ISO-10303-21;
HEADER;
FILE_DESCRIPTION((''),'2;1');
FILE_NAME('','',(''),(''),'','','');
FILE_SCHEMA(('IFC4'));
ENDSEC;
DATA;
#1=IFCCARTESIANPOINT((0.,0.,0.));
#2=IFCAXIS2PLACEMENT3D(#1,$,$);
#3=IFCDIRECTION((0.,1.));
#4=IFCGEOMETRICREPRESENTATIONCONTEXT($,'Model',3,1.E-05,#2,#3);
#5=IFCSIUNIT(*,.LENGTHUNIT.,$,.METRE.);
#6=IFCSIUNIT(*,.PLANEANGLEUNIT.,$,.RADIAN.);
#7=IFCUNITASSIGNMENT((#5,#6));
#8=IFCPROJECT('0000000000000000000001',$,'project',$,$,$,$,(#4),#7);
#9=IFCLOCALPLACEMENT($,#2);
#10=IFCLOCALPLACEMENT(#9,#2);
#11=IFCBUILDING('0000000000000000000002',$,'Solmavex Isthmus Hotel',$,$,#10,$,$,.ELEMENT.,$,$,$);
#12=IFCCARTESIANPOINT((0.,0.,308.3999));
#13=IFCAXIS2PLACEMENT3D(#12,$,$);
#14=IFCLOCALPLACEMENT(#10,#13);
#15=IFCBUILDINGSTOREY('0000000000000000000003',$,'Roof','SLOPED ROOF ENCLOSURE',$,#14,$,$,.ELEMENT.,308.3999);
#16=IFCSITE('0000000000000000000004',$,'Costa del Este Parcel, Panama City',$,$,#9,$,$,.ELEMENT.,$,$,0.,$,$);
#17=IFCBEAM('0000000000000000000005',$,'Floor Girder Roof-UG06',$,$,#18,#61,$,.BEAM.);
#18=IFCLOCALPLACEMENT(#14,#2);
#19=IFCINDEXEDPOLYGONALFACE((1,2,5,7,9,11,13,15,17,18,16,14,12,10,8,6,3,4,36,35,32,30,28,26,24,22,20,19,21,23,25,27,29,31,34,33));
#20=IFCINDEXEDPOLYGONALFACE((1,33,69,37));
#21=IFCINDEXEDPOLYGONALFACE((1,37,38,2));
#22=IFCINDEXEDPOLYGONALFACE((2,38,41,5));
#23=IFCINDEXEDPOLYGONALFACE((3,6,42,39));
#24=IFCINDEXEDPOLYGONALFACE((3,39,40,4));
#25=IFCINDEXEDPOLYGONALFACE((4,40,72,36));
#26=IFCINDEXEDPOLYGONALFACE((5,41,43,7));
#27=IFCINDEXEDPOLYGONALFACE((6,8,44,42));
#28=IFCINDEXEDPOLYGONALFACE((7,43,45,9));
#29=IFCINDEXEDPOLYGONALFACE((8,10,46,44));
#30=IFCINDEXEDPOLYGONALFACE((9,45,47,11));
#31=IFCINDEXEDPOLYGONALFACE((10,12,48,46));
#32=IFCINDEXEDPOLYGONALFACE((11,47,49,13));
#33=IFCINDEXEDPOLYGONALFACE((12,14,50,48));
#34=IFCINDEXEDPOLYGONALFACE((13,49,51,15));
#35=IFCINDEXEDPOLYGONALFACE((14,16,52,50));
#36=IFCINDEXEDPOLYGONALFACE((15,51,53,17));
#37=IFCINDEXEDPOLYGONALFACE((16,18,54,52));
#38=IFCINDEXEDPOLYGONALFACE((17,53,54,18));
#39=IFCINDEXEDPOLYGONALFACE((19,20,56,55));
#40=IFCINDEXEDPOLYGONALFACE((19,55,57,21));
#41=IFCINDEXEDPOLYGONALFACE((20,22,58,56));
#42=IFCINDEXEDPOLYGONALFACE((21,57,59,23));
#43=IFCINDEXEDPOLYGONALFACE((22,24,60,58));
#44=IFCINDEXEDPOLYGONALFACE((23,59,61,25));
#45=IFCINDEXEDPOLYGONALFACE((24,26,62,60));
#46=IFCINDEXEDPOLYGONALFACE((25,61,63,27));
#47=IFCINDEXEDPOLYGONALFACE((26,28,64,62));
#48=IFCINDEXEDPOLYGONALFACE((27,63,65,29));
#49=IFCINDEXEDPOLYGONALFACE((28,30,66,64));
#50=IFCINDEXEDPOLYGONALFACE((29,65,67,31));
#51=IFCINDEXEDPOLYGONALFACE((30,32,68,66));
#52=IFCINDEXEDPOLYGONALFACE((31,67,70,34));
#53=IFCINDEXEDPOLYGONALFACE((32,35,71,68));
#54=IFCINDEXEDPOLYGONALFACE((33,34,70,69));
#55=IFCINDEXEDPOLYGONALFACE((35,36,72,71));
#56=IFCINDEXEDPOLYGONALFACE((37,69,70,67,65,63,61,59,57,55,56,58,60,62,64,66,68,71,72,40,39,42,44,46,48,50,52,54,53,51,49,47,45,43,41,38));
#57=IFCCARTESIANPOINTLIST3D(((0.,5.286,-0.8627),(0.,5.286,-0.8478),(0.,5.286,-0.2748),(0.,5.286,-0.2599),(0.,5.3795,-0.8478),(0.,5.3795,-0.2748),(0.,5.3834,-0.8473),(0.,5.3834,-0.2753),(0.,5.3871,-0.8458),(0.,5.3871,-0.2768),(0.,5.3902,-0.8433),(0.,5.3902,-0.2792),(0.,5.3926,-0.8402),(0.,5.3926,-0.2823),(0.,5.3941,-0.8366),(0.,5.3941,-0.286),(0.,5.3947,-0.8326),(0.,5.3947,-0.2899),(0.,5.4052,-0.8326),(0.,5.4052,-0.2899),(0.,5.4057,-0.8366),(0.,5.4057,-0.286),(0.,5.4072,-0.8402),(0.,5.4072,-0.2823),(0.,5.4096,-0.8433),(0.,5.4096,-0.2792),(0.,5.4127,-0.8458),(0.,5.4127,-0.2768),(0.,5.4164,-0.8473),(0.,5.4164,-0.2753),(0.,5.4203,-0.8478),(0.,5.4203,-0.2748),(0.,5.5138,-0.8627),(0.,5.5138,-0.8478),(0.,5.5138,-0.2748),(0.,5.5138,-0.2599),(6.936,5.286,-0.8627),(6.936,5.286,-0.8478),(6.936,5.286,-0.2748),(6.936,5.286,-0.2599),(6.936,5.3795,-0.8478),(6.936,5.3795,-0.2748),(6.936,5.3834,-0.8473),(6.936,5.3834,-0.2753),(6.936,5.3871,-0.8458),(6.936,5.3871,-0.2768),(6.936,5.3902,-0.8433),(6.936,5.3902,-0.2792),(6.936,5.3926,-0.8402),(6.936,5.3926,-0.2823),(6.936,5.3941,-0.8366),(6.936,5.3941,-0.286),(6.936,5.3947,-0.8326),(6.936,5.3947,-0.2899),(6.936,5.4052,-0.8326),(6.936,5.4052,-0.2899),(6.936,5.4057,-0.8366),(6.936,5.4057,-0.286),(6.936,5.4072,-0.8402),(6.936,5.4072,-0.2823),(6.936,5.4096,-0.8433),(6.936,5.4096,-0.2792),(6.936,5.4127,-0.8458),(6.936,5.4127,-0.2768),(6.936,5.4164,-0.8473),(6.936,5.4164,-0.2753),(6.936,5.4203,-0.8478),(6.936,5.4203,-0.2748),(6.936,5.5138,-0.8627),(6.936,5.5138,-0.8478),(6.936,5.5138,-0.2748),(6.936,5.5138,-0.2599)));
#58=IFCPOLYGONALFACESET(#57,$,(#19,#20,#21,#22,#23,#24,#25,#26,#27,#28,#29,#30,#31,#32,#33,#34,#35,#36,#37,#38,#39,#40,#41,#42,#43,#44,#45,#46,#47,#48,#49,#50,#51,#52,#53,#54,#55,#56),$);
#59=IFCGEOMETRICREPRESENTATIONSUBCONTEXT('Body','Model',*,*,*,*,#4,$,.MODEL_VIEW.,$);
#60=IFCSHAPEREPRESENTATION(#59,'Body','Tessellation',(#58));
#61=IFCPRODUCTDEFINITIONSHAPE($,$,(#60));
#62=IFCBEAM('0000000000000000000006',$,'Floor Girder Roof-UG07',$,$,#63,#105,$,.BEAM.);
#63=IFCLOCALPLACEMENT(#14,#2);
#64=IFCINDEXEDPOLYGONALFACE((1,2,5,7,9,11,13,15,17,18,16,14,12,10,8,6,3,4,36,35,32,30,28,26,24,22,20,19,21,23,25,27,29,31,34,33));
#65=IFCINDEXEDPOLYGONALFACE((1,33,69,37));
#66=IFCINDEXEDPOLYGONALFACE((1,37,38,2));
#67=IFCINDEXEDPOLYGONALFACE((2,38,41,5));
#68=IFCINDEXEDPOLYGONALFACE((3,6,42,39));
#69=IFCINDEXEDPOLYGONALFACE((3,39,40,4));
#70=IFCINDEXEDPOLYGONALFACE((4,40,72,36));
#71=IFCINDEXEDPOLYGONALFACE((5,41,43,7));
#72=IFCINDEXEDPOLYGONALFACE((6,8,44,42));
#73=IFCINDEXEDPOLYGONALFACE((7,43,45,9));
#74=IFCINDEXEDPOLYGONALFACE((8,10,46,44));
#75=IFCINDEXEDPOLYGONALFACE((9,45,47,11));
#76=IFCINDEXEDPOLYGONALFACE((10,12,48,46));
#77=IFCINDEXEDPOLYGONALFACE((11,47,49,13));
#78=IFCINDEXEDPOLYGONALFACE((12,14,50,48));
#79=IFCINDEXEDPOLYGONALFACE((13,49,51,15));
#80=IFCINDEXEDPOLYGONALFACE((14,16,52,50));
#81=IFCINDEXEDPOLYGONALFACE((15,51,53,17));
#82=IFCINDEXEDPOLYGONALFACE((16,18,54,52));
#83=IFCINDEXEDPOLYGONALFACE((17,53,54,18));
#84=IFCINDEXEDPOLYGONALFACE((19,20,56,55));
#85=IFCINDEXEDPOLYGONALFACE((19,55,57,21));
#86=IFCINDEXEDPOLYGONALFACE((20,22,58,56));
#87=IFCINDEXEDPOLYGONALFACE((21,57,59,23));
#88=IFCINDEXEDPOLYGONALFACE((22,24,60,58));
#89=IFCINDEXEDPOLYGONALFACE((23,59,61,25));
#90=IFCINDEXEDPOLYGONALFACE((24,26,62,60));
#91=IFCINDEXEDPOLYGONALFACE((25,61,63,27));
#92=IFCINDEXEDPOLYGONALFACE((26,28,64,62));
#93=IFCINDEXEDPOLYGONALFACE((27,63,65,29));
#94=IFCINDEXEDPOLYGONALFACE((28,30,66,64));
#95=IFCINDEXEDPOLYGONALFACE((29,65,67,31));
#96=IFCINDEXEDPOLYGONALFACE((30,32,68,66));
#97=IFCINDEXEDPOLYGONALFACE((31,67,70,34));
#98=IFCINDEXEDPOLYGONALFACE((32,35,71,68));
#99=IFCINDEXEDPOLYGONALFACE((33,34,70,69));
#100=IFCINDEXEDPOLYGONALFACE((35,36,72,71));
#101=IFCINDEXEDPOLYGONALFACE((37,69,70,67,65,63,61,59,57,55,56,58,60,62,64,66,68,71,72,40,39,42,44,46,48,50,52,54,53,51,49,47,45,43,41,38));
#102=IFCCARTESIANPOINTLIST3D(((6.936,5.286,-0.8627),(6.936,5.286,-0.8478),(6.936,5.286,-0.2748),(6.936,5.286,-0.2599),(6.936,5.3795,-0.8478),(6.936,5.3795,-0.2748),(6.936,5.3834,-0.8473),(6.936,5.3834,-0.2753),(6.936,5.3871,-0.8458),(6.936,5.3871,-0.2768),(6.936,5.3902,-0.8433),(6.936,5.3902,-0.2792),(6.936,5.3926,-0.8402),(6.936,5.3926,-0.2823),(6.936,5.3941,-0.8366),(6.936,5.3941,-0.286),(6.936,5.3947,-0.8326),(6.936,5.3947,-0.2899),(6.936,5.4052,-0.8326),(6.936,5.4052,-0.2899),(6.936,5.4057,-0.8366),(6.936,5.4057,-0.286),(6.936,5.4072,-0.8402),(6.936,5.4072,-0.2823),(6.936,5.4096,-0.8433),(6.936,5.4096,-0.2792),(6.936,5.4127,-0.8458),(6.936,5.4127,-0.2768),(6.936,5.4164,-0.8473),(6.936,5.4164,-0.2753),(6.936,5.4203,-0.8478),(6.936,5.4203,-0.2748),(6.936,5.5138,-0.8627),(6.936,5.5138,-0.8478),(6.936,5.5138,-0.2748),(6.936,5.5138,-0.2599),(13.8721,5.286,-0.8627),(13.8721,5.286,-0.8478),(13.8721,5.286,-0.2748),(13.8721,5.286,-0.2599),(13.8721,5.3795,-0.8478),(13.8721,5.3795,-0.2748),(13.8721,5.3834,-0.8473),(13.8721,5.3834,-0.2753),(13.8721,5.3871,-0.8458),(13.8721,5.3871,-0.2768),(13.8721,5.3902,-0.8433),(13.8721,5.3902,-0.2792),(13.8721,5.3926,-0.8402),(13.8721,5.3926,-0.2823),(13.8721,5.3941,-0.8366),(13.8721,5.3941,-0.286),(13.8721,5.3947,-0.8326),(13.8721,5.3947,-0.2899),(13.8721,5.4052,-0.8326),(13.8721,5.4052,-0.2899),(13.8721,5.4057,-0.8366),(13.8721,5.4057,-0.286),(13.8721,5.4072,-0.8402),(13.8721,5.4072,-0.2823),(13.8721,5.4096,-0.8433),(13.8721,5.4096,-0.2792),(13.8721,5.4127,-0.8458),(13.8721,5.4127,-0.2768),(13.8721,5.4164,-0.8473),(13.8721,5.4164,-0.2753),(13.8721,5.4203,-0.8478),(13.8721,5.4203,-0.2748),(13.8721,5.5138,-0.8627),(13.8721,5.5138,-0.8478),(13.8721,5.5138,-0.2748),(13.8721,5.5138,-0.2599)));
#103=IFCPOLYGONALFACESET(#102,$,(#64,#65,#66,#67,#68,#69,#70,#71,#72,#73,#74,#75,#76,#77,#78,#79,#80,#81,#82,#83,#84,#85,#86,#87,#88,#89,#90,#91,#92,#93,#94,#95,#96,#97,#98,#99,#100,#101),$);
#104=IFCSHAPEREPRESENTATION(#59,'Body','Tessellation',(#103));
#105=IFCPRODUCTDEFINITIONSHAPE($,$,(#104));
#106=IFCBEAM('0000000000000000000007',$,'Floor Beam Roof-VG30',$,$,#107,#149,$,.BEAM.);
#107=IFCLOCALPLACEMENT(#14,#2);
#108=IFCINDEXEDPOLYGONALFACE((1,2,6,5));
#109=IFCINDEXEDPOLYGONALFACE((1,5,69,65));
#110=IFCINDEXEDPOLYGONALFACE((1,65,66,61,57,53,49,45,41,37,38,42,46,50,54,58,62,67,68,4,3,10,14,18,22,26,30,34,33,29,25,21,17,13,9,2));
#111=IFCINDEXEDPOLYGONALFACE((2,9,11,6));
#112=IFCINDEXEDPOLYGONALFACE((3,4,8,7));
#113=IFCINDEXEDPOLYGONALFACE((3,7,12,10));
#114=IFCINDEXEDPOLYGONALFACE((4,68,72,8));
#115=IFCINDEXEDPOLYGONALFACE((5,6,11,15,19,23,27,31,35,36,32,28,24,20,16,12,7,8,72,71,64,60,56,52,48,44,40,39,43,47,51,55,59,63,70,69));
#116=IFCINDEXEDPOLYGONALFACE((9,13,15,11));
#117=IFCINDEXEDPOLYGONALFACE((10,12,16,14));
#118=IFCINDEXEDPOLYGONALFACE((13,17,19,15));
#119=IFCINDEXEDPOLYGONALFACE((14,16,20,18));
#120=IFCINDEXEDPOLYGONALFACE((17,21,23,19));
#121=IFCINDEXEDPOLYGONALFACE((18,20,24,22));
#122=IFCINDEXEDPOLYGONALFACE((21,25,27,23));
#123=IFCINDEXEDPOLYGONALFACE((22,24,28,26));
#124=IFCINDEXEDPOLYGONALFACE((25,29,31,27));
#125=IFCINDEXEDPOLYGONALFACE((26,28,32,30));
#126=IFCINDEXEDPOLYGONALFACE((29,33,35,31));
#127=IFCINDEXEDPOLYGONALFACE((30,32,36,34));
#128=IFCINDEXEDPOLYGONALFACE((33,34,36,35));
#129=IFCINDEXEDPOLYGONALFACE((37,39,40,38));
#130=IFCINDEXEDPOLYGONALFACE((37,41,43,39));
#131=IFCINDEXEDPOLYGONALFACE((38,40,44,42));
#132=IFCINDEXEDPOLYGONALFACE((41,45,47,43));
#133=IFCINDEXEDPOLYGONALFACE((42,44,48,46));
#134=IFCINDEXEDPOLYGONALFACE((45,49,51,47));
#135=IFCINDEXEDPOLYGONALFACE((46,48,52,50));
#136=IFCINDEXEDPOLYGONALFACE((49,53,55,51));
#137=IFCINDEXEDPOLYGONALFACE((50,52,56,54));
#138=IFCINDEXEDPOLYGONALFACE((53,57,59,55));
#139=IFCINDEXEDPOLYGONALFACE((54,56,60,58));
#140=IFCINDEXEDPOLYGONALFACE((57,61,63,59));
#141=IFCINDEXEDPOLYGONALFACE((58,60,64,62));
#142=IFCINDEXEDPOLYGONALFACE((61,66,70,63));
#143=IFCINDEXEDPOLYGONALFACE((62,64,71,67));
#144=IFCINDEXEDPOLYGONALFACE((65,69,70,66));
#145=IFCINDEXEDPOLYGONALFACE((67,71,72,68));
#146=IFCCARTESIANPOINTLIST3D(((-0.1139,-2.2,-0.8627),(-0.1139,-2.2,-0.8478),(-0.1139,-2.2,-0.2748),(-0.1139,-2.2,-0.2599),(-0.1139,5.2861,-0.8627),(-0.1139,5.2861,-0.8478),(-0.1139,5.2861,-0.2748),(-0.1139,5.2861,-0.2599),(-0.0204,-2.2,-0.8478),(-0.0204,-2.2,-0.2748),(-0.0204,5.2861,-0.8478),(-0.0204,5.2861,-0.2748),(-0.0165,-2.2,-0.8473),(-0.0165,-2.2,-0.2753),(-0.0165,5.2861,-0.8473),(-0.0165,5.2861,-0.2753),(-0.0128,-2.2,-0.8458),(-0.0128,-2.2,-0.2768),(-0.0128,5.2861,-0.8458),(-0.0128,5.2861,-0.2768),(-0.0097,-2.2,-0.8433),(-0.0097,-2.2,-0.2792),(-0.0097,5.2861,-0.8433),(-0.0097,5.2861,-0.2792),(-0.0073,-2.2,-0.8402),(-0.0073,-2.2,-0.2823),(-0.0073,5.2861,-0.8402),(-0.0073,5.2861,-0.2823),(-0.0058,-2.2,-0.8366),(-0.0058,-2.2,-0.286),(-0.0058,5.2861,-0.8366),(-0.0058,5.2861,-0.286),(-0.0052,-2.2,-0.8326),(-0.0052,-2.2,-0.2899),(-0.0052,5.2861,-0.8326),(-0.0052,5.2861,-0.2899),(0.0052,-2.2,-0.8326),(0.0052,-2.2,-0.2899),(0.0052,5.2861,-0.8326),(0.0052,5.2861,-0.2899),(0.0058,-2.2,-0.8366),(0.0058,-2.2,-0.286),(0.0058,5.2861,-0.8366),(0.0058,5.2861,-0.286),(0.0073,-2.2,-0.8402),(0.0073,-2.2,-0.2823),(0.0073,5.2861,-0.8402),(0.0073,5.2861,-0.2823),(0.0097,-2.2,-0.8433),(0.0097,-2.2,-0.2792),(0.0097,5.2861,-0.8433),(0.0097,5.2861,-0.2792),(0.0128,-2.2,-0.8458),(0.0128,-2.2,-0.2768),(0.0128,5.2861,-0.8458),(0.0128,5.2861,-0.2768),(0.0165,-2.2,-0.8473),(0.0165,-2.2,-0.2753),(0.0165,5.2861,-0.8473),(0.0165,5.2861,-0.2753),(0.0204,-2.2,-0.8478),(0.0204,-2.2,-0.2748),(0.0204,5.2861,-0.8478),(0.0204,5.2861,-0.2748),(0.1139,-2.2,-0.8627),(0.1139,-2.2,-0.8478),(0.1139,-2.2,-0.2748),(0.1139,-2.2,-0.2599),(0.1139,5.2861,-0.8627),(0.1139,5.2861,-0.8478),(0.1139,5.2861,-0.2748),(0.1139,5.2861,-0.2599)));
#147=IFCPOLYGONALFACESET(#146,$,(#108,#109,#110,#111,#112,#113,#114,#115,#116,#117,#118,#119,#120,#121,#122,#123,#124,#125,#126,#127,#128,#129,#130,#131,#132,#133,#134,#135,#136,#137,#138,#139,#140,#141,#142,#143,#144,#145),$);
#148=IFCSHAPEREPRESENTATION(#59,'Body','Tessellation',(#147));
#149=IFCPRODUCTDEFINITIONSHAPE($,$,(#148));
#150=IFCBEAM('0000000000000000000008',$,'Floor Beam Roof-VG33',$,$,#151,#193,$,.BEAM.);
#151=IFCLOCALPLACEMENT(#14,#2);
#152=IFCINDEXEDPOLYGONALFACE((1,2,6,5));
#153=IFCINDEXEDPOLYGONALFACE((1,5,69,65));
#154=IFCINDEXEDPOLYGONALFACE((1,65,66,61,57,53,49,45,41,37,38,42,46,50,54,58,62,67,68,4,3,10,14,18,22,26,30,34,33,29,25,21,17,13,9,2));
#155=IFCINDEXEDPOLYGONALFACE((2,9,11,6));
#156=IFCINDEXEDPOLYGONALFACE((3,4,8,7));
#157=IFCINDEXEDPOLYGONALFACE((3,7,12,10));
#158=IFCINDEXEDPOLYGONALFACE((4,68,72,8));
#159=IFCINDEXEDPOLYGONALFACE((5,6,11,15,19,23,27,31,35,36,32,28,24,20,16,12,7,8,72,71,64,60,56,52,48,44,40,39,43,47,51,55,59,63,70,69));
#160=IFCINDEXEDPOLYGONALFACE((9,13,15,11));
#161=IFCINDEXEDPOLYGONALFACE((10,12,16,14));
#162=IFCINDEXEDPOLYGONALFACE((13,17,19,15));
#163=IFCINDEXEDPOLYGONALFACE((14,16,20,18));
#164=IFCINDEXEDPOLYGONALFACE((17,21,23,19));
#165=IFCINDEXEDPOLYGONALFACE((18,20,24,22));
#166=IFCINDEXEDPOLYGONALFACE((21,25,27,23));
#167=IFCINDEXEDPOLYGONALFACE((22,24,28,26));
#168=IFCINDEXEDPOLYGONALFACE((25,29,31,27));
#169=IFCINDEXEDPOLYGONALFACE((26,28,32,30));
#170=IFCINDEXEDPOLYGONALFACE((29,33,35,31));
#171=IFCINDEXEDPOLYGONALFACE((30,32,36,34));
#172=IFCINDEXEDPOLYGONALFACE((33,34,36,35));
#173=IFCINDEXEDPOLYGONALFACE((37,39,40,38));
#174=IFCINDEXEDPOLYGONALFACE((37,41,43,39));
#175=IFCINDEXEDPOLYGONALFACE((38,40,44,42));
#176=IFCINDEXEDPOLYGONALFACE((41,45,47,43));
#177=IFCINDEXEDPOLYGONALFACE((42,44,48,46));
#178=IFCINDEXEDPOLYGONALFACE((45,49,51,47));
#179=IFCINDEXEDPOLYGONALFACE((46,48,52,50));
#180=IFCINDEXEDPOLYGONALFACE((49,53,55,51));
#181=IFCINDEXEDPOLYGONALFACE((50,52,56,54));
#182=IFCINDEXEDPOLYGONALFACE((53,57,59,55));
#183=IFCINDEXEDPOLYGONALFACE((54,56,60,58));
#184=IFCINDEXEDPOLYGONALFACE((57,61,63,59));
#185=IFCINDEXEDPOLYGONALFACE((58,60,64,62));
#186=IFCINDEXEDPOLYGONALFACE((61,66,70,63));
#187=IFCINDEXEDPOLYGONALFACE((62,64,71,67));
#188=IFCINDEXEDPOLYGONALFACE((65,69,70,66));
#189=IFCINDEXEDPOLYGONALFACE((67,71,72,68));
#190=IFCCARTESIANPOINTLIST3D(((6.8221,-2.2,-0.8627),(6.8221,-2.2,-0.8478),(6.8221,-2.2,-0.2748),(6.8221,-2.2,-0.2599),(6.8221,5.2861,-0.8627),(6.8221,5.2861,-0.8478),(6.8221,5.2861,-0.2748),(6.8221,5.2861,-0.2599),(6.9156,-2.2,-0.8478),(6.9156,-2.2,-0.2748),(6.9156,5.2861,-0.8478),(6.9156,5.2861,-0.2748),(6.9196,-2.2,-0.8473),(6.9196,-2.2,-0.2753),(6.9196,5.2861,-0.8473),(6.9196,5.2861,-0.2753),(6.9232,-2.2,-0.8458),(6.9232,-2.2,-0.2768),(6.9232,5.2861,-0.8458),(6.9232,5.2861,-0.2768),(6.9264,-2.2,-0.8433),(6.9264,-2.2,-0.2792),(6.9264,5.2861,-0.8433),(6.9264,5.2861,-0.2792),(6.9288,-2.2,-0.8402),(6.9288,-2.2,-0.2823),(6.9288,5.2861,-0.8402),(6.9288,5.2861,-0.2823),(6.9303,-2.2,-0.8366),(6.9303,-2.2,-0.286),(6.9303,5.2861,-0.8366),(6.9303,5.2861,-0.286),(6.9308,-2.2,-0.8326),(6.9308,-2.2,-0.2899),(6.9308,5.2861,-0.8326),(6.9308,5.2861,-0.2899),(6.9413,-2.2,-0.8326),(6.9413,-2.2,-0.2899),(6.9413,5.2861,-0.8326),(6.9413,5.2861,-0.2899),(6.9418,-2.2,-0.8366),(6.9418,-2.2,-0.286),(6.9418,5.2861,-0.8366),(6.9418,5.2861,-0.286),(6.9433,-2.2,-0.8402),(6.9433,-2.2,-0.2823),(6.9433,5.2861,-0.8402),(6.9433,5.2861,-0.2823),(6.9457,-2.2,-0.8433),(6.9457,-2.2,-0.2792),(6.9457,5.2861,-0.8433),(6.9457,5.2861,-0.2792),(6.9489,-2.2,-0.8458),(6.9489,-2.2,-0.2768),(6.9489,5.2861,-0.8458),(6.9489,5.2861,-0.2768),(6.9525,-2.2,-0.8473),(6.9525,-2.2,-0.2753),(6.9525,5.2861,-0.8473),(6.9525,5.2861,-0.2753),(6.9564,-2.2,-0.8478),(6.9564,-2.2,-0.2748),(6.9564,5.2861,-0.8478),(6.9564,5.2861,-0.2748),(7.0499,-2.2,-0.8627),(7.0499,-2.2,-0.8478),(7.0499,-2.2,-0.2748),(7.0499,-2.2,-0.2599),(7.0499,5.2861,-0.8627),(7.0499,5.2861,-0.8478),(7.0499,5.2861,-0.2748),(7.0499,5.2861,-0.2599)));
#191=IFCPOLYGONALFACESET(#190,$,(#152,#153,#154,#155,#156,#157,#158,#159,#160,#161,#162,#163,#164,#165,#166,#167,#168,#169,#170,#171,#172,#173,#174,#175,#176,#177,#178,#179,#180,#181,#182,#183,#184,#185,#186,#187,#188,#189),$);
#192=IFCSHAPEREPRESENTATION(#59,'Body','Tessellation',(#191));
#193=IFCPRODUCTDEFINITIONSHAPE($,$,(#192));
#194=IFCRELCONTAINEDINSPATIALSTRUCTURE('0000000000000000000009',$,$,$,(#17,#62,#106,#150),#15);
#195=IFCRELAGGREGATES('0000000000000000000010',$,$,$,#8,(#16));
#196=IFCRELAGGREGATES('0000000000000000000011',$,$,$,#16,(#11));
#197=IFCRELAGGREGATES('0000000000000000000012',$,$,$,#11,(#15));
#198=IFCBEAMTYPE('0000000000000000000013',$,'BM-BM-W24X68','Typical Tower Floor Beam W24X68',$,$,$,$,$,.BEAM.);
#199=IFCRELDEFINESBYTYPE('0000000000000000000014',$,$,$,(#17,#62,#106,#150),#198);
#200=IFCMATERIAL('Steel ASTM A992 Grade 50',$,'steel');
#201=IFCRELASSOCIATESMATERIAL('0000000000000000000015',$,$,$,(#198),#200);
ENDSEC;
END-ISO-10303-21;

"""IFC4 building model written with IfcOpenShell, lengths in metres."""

from ifc_helpers import new_model, si_unit, direction, frame, origin, origin_2d, place, context, subcontext, project, spatial, i_section, extrude, material, material_profile, profile_set, type_object, element, save


model = new_model("IFC4")

# Units and contexts
model_context = context("Model", 3, precision=1e-05, world=origin(), true_north=direction((0.0, 1.0)))
body_context = subcontext(model_context, "Body", "Model", "MODEL_VIEW")
ifc_project = project(units=[si_unit("LENGTHUNIT", "METRE"), si_unit("PLANEANGLEUNIT", "RADIAN")], contexts=[model_context])

# Site, building, storey
site_placement = place(None, origin())
site = spatial("IfcSite", under=ifc_project, at=site_placement, Name="Costa del Este Parcel, Panama City", CompositionType="ELEMENT", RefElevation=0.0)
building_placement = place(site_placement, origin())
building = spatial("IfcBuilding", under=site, at=building_placement, Name="Solmavex Isthmus Hotel", CompositionType="ELEMENT")
storey_placement = place(building_placement, frame((0.0, 0.0, 308.3999)))
storey = spatial("IfcBuildingStorey", under=building, at=storey_placement, Name="Roof", Description="SLOPED ROOF ENCLOSURE", CompositionType="ELEMENT", Elevation=308.3999)

# Beams
ifc_material_1 = material(Name="Steel ASTM A992 Grade 50", Category="steel")
ifc_material_profile_1 = material_profile(ifc_material_1, i_section(OverallWidth=0.2278, OverallDepth=0.6028, WebThickness=0.0105, FlangeThickness=0.0149, FilletRadius=0.0151, at=origin_2d()), Name="W24X68")
ifc_profile_set_1 = profile_set([ifc_material_profile_1], Name="Steel ASTM A992 Grade 50")
beam_type_1 = type_object("IfcBeamType", Name="BM-BM-W24X68", Description="Typical Tower Floor Beam W24X68", PredefinedType="BEAM", material=ifc_profile_set_1)
for number, where, z_axis, x_axis, name in (
    (1, (0.0, 5.3999, -0.5613), (1.0, 0.0, 0.0), (0.0, 1.0, 0.0), "Floor Girder Roof-UG06"),
    (2, (6.936, 5.3999, -0.5613), (1.0, 0.0, 0.0), (0.0, 1.0, 0.0), "Floor Girder Roof-UG07"),
):
    element("IfcBeam", number, at=place(storey_placement, frame(where, z_axis=z_axis, x_axis=x_axis)), inside=storey, type_object=beam_type_1, Name=name, PredefinedType="BEAM", context=body_context, shape_type="SweptSolid", body=[
        extrude(i_section(OverallWidth=0.2278, OverallDepth=0.6028, WebThickness=0.0105, FlangeThickness=0.0149, FilletRadius=0.0151, at=origin_2d()), origin(), (0.0, 0.0, 1.0), 6.936),
    ])
for number, where, z_axis, x_axis, name in (
    (3, (0.0, -2.2, -0.5613), (0.0, 1.0, 0.0), (-1.0, 0.0, 0.0), "Floor Beam Roof-VG30"),
    (4, (6.936, -2.2, -0.5613), (0.0, 1.0, 0.0), (-1.0, 0.0, 0.0), "Floor Beam Roof-VG33"),
):
    element("IfcBeam", number, at=place(storey_placement, frame(where, z_axis=z_axis, x_axis=x_axis)), inside=storey, type_object=beam_type_1, Name=name, PredefinedType="BEAM", context=body_context, shape_type="SweptSolid", body=[
        extrude(i_section(OverallWidth=0.2278, OverallDepth=0.6028, WebThickness=0.0105, FlangeThickness=0.0149, FilletRadius=0.0151, at=origin_2d()), origin(), (0.0, 0.0, 1.0), 7.4861),
    ])

save(model, "model.ifc")
